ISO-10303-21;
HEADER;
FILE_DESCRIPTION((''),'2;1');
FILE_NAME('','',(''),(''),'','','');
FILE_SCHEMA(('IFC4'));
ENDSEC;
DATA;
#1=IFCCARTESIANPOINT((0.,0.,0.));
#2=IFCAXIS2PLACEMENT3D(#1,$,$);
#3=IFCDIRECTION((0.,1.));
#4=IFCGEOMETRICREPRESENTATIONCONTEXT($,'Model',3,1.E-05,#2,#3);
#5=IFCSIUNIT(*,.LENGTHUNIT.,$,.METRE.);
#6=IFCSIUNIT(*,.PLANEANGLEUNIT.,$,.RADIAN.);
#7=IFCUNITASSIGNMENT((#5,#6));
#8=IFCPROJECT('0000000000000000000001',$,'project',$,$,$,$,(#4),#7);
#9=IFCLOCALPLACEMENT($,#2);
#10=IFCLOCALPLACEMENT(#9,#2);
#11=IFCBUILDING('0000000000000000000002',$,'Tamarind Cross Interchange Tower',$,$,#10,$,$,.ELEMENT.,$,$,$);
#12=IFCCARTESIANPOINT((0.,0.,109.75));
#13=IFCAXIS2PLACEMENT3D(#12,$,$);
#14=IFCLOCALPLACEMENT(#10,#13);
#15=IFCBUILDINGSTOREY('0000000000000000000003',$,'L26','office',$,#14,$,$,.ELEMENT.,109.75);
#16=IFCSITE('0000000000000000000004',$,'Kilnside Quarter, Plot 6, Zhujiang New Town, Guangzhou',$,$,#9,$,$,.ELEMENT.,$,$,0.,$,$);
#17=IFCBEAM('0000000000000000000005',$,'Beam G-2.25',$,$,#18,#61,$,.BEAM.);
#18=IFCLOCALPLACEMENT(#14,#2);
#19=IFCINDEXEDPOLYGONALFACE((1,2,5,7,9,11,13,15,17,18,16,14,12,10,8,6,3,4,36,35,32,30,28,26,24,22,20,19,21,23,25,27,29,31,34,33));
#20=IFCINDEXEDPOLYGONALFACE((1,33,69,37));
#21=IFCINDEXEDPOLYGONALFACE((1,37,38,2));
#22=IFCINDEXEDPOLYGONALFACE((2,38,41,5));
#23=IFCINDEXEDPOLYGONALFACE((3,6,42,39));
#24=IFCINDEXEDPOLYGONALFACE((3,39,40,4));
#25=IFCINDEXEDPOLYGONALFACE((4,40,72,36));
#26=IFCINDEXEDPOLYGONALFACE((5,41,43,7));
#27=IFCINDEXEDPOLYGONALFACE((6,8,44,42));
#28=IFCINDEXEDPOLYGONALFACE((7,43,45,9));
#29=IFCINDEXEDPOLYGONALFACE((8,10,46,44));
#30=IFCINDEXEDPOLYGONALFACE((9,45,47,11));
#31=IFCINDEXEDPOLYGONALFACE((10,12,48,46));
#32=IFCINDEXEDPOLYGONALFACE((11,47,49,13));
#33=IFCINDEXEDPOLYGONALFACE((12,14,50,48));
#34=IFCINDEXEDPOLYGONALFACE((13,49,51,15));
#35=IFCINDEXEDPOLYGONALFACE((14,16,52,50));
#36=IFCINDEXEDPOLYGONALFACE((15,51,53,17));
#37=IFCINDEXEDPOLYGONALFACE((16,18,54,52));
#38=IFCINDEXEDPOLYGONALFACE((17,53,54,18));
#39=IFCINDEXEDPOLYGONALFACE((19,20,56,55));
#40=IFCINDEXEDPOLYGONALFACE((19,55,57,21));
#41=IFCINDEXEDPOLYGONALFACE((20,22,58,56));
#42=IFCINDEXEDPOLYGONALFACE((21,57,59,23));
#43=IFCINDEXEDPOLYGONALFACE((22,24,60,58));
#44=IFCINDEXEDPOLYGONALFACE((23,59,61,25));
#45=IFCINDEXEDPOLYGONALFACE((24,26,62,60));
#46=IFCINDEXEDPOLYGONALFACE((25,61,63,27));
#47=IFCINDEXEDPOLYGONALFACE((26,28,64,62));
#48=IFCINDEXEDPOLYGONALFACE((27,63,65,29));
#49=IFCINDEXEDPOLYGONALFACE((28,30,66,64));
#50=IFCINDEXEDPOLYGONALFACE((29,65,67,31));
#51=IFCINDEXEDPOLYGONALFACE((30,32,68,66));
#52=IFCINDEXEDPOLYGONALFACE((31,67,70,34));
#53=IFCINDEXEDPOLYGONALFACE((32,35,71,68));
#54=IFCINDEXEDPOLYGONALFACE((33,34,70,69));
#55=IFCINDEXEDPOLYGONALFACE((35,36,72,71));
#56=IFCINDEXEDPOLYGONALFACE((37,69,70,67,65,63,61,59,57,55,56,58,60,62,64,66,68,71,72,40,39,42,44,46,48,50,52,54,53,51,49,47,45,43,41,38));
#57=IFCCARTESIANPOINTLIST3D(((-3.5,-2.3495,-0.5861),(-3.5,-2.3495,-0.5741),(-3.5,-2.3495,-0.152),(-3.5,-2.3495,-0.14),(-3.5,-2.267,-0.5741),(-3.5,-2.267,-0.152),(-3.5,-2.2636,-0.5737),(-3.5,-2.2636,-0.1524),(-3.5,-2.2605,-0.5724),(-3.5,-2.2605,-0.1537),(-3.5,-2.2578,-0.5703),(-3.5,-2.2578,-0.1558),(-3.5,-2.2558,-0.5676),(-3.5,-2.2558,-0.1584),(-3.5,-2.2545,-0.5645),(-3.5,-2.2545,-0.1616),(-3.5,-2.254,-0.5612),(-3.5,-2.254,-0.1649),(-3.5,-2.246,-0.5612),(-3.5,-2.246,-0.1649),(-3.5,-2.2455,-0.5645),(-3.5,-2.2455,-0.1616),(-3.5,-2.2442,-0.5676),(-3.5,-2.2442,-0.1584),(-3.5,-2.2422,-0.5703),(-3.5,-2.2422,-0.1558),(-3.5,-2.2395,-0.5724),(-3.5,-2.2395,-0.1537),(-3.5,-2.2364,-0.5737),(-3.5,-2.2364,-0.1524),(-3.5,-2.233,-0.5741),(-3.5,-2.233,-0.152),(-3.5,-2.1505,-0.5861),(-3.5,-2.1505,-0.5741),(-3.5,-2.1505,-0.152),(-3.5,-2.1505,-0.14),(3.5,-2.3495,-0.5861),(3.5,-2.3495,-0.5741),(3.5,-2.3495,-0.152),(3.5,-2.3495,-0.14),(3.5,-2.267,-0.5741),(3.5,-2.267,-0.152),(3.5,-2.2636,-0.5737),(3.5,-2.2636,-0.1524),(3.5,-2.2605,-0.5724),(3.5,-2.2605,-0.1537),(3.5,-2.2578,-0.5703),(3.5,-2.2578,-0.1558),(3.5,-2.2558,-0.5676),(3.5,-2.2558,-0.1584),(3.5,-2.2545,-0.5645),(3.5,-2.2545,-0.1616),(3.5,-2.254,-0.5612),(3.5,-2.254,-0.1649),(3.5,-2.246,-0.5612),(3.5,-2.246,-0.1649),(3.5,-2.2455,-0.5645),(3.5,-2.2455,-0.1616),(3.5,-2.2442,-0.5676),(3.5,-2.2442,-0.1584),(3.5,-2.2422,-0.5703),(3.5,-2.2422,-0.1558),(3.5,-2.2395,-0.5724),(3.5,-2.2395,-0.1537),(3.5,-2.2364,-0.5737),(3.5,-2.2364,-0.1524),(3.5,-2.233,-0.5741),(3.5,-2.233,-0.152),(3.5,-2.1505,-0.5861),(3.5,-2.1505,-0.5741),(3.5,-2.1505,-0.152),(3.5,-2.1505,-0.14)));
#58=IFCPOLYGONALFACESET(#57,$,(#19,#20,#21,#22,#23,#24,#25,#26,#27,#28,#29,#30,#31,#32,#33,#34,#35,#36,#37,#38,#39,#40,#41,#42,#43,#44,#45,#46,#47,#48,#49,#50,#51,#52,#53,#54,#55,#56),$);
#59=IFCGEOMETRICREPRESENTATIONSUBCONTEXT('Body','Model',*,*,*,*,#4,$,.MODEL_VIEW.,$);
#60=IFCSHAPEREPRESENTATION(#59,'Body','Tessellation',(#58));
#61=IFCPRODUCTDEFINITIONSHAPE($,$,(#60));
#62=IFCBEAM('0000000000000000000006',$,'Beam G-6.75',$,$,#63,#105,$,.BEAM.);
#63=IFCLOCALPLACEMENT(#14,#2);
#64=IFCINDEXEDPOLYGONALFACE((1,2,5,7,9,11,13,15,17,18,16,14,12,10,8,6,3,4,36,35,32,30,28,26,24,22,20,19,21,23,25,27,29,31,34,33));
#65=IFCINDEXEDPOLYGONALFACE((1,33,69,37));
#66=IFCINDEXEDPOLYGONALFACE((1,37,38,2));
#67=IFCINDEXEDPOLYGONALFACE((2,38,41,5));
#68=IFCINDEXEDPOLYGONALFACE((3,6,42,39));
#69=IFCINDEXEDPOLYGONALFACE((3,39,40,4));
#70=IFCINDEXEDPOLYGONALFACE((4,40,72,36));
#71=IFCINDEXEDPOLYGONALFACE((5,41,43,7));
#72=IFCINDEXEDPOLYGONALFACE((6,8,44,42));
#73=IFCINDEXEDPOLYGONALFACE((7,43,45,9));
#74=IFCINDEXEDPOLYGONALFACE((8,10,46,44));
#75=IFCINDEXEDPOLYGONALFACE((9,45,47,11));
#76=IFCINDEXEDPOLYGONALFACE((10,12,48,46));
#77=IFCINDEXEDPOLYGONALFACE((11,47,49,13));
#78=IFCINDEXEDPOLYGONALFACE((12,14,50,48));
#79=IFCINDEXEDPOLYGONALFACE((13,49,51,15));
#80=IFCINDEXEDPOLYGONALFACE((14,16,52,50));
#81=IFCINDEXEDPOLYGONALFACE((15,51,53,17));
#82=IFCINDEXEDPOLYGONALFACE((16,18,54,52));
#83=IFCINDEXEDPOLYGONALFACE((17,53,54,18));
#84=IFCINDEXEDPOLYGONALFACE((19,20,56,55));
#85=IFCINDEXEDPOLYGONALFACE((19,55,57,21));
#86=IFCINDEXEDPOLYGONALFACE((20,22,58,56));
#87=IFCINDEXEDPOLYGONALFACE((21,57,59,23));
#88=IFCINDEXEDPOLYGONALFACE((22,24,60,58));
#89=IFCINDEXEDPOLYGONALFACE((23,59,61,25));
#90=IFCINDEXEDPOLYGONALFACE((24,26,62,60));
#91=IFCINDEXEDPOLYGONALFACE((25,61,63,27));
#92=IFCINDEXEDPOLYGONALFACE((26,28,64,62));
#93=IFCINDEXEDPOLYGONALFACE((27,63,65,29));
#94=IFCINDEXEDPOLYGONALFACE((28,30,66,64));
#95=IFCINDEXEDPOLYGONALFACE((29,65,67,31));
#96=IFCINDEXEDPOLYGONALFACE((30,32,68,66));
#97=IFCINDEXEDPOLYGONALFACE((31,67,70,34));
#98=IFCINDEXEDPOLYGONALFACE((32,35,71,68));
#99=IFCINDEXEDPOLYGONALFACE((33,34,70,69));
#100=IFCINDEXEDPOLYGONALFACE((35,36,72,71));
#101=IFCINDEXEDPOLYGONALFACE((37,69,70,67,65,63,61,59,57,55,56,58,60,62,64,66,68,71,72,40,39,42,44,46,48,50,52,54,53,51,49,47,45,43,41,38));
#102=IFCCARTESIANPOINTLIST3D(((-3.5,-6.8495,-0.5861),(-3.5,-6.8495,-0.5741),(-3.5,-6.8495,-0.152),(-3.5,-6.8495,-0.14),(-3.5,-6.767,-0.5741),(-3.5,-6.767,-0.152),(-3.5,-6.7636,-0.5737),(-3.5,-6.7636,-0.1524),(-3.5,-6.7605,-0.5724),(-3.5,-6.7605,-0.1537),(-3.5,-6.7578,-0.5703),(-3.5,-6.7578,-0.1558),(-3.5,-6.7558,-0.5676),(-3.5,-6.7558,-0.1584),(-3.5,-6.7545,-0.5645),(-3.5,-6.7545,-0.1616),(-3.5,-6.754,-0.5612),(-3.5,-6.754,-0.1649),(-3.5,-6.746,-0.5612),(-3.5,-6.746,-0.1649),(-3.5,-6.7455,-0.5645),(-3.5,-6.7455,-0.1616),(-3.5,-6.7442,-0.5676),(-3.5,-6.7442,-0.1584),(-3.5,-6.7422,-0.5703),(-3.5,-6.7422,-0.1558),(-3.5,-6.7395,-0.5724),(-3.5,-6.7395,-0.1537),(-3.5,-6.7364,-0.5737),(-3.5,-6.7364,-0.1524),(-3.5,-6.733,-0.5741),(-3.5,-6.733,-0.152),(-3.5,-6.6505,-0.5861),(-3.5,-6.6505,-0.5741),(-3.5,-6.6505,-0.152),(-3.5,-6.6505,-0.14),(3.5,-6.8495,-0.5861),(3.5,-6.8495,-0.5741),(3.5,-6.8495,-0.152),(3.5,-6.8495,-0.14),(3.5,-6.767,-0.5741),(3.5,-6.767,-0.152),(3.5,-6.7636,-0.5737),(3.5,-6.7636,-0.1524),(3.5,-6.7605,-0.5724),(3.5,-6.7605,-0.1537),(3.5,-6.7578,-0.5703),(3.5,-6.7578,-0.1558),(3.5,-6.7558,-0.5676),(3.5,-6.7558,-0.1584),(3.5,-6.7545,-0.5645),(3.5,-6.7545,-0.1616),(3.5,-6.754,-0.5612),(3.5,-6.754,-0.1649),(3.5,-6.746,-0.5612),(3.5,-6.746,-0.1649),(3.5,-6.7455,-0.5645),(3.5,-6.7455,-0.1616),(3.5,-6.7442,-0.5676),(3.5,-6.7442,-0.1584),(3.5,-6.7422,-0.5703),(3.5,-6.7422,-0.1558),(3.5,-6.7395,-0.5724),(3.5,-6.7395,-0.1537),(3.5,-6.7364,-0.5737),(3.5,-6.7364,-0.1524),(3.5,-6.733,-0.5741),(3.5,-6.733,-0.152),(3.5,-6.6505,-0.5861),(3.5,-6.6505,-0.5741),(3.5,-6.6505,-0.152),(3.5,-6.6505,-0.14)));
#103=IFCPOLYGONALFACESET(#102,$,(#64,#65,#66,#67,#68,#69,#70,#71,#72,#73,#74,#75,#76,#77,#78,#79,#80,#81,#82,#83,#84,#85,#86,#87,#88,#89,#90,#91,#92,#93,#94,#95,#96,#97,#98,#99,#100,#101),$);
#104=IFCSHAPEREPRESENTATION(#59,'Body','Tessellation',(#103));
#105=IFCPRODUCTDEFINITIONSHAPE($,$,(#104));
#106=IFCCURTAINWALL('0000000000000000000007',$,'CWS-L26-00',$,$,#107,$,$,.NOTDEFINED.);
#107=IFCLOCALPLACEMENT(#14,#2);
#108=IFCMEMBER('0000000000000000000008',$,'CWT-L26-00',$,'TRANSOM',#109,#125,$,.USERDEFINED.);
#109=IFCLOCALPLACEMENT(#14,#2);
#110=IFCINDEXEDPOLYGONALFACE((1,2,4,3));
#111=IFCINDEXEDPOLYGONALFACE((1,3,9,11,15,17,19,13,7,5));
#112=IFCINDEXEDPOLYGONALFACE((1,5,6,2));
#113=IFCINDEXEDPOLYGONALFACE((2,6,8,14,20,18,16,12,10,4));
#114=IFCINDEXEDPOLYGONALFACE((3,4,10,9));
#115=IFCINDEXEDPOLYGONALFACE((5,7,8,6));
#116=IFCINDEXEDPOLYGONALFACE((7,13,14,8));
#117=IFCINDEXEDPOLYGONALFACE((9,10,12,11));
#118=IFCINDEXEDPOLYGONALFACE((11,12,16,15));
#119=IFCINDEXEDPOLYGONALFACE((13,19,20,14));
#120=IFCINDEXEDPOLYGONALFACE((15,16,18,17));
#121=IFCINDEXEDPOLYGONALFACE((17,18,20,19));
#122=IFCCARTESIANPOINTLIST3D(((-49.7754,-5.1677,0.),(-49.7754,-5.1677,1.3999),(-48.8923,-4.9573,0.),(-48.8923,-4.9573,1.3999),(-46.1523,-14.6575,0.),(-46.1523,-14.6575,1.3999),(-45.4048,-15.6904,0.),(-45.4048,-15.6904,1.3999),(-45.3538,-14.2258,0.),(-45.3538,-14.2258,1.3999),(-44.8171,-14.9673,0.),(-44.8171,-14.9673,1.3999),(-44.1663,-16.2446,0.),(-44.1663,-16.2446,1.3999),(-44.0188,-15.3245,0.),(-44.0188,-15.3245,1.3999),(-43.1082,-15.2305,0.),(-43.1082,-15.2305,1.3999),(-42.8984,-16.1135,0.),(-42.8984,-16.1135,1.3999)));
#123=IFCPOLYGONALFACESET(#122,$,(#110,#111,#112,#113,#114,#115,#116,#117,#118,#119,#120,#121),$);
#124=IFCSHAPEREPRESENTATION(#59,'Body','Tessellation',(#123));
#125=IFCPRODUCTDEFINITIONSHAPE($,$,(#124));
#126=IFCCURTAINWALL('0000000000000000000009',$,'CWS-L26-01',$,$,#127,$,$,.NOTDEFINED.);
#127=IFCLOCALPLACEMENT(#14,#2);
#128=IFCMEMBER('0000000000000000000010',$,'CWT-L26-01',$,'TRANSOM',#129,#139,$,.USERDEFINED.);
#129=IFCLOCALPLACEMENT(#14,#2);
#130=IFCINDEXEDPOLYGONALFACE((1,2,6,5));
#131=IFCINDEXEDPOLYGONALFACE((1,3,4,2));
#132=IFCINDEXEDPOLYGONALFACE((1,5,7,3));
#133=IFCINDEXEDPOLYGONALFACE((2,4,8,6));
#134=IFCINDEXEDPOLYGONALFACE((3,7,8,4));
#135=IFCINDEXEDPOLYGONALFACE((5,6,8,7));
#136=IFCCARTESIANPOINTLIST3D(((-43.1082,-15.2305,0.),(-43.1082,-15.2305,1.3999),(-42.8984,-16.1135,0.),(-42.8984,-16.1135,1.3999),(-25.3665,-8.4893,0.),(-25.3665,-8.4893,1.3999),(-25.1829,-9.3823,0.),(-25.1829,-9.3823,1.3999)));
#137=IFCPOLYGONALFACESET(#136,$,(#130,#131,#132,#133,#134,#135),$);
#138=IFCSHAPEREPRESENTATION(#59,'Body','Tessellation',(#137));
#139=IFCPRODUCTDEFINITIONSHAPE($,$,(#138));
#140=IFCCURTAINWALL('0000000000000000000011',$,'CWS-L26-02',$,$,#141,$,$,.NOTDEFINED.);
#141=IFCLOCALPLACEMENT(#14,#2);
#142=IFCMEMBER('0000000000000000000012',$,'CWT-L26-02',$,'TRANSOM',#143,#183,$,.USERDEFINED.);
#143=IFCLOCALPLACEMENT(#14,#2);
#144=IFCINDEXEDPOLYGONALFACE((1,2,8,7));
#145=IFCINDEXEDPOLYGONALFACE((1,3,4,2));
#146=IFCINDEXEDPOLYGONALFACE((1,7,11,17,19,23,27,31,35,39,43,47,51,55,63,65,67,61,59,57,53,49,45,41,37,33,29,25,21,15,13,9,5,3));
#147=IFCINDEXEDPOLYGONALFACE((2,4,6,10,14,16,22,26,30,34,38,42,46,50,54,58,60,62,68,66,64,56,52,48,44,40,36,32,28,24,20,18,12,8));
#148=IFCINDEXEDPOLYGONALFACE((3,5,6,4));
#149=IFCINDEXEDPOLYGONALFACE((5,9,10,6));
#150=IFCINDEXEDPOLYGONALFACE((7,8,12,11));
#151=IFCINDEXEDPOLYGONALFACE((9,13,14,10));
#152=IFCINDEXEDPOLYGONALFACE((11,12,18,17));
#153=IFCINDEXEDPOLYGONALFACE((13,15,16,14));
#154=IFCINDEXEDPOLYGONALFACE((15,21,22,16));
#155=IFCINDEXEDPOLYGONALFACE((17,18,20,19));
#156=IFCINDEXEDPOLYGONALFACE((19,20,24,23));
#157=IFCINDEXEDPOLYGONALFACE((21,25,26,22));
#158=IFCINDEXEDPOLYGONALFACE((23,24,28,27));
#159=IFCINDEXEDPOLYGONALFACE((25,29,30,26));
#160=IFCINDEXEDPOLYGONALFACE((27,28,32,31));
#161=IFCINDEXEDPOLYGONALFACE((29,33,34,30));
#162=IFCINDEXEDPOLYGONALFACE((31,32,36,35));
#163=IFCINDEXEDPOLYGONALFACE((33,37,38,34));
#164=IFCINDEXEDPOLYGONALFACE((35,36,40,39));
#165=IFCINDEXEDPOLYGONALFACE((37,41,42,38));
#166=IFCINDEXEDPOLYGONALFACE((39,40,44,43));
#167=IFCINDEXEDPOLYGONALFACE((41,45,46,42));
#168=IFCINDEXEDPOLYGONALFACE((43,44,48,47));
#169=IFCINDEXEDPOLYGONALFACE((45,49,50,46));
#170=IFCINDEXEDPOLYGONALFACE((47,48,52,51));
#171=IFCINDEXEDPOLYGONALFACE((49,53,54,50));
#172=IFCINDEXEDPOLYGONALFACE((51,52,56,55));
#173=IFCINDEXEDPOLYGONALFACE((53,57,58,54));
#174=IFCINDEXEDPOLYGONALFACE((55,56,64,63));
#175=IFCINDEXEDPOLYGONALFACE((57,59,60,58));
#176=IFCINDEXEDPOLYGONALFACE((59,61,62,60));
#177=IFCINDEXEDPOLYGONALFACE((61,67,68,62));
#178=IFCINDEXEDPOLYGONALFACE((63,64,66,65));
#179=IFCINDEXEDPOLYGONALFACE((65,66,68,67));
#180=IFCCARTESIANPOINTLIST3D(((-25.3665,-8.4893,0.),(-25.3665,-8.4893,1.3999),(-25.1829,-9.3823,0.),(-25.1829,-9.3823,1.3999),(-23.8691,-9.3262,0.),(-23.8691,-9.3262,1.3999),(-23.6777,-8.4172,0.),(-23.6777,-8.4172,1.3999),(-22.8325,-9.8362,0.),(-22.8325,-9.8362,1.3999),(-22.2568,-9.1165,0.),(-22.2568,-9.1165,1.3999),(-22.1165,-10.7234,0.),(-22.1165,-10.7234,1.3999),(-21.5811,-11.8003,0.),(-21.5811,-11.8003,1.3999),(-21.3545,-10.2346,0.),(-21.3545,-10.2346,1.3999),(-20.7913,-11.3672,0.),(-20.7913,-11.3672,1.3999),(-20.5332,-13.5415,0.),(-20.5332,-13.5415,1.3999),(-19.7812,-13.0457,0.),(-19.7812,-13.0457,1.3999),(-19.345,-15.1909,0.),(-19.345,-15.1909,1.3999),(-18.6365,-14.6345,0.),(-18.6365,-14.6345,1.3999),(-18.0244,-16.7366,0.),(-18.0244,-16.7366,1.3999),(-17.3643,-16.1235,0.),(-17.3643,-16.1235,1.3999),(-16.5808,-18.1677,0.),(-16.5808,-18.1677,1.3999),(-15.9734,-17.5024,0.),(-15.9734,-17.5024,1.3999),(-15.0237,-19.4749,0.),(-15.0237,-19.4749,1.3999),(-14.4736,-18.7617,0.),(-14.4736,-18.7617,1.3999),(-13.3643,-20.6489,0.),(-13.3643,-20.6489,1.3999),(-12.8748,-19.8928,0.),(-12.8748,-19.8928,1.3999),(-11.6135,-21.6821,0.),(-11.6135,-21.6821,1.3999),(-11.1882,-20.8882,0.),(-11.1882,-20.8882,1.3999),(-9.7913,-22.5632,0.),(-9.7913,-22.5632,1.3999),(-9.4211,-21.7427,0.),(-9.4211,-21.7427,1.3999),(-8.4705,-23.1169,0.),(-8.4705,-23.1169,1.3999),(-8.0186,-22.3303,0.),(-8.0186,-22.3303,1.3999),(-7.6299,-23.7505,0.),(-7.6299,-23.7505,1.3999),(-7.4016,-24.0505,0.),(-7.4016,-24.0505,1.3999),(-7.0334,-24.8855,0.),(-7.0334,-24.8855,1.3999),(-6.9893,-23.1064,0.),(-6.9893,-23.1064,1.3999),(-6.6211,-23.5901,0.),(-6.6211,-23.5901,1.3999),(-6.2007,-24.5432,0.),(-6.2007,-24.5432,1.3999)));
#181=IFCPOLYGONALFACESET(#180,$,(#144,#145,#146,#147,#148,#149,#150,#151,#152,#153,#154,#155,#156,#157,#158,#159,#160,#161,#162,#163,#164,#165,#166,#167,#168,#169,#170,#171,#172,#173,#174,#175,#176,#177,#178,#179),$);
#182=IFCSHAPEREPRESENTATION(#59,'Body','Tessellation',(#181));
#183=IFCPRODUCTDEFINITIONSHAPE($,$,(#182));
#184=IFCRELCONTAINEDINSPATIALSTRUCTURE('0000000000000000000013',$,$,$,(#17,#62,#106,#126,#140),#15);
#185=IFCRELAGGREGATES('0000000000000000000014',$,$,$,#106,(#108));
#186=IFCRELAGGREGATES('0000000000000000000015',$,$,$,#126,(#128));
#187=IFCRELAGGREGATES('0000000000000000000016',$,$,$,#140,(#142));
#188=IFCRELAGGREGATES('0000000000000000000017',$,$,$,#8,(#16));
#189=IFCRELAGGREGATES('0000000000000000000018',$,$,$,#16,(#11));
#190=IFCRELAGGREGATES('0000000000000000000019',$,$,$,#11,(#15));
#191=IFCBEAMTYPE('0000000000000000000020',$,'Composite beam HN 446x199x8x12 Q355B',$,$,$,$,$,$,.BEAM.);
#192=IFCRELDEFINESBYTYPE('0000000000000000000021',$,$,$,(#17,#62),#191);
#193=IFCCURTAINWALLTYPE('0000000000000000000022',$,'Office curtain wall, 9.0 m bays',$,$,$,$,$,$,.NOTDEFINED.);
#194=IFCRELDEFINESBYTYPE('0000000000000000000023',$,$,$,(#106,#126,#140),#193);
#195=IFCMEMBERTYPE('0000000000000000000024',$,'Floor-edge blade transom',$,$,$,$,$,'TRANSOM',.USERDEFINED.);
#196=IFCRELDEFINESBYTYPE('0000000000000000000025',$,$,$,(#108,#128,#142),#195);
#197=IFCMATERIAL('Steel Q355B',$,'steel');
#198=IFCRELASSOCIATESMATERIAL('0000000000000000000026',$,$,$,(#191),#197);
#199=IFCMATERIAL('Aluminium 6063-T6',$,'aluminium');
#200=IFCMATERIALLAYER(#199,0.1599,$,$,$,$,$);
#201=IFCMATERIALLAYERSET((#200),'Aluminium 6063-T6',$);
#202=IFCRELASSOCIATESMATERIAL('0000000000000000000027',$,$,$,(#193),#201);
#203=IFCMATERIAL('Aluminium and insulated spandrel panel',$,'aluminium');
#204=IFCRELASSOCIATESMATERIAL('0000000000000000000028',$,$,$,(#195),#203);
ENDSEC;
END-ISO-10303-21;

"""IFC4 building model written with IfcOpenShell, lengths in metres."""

from ifc_helpers import new_model, si_unit, direction, frame, origin, origin_2d, place, context, subcontext, project, spatial, polyline, i_section, outline, extrude, material, layer, layer_set, material_profile, profile_set, type_object, element, aggregate, save


model = new_model("IFC4")

# Units and contexts
model_context = context("Model", 3, precision=1e-05, world=origin(), true_north=direction((0.0, 1.0)))
body_context = subcontext(model_context, "Body", "Model", "MODEL_VIEW")
ifc_project = project(units=[si_unit("LENGTHUNIT", "METRE"), si_unit("PLANEANGLEUNIT", "RADIAN")], contexts=[model_context])

# Site, building, storey
site_placement = place(None, origin())
site = spatial("IfcSite", under=ifc_project, at=site_placement, Name="Kilnside Quarter, Plot 6, Zhujiang New Town, Guangzhou", CompositionType="ELEMENT", RefElevation=0.0)
building_placement = place(site_placement, origin())
building = spatial("IfcBuilding", under=site, at=building_placement, Name="Tamarind Cross Interchange Tower", CompositionType="ELEMENT")
storey_placement = place(building_placement, frame((0.0, 0.0, 109.75)))
storey = spatial("IfcBuildingStorey", under=building, at=storey_placement, Name="L26", Description="office", CompositionType="ELEMENT", Elevation=109.75)

# Beams
ifc_material_1 = material(Name="Steel Q355B", Category="steel")
ifc_material_profile = material_profile(ifc_material_1, i_section(OverallWidth=0.199, OverallDepth=0.446, WebThickness=0.0081, FlangeThickness=0.012, FilletRadius=0.0129, at=origin_2d()), Name="HN 446x199x8x12")
ifc_profile_set = profile_set([ifc_material_profile], Name="Steel Q355B")
beam_type = type_object("IfcBeamType", Name="Composite beam HN 446x199x8x12 Q355B", PredefinedType="BEAM", material=ifc_profile_set)
for number, where, z_axis, x_axis, name in (
    (1, (-3.5, -2.25, -0.363), (1.0, 0.0, 0.0), (0.0, 1.0, 0.0), "Beam G-2.25"),
    (2, (-3.5, -6.75, -0.363), (1.0, 0.0, 0.0), (0.0, 1.0, 0.0), "Beam G-6.75"),
):
    element("IfcBeam", number, at=place(storey_placement, frame(where, z_axis=z_axis, x_axis=x_axis)), inside=storey, type_object=beam_type, Name=name, PredefinedType="BEAM", context=body_context, shape_type="SweptSolid", body=[
        extrude(i_section(OverallWidth=0.199, OverallDepth=0.446, WebThickness=0.0081, FlangeThickness=0.012, FilletRadius=0.0129, at=origin_2d()), origin(), (0.0, 0.0, 1.0), 7.0),
    ])

# Curtain walls, members
ifc_material_2 = material(Name="Aluminium 6063-T6", Category="aluminium")
ifc_layer_1 = layer(ifc_material_2, 0.1599)
ifc_layer_set_1 = layer_set([ifc_layer_1], Name="Aluminium 6063-T6")
curtain_wall_type = type_object("IfcCurtainWallType", Name="Office curtain wall, 9.0 m bays", PredefinedType="NOTDEFINED", material=ifc_layer_set_1)
curtain_wall_1_placement = place(storey_placement, origin())
curtain_wall_1 = element("IfcCurtainWall", 3, at=curtain_wall_1_placement, inside=storey, type_object=curtain_wall_type, Name="CWS-L26-00", PredefinedType="NOTDEFINED")
ifc_material_3 = material(Name="Aluminium and insulated spandrel panel", Category="aluminium")
member_type = type_object("IfcMemberType", Name="Floor-edge blade transom", ElementType="TRANSOM", PredefinedType="USERDEFINED", material=ifc_material_3)
member_1_placement = place(storey_placement, origin())
member_1 = element("IfcMember", 4, at=member_1_placement, type_object=member_type, Name="CWT-L26-00", ObjectType="TRANSOM", PredefinedType="USERDEFINED", context=body_context, shape_type="SweptSolid", body=[
    extrude(outline(polyline([(-48.8923, -4.9573), (-45.3538, -14.2258), (-44.8171, -14.9673), (-44.0188, -15.3245), (-43.1082, -15.2305), (-42.8984, -16.1135), (-44.1663, -16.2446), (-45.4048, -15.6904), (-46.1523, -14.6575), (-49.7754, -5.1677), (-48.8923, -4.9573)])), origin(), (0.0, 0.0, 1.0), 1.3999),
])
curtain_wall_2_placement = place(storey_placement, origin())
curtain_wall_2 = element("IfcCurtainWall", 5, at=curtain_wall_2_placement, inside=storey, type_object=curtain_wall_type, Name="CWS-L26-01", PredefinedType="NOTDEFINED")
member_2_placement = place(storey_placement, origin())
member_2 = element("IfcMember", 6, at=member_2_placement, type_object=member_type, Name="CWT-L26-01", ObjectType="TRANSOM", PredefinedType="USERDEFINED", context=body_context, shape_type="SweptSolid", body=[
    extrude(outline(polyline([(-43.1082, -15.2305), (-25.3665, -8.4893), (-25.1829, -9.3823), (-42.8984, -16.1135), (-43.1082, -15.2305)])), origin(), (0.0, 0.0, 1.0), 1.3999),
])
curtain_wall_3_placement = place(storey_placement, origin())
curtain_wall_3 = element("IfcCurtainWall", 7, at=curtain_wall_3_placement, inside=storey, type_object=curtain_wall_type, Name="CWS-L26-02", PredefinedType="NOTDEFINED")
member_3_placement = place(storey_placement, origin())
member_3 = element("IfcMember", 8, at=member_3_placement, type_object=member_type, Name="CWT-L26-02", ObjectType="TRANSOM", PredefinedType="USERDEFINED", context=body_context, shape_type="SweptSolid", body=[
    extrude(outline(polyline([(-25.3665, -8.4893), (-23.6777, -8.4172), (-22.2568, -9.1165), (-21.3545, -10.2346), (-20.7913, -11.3672), (-19.7812, -13.0457), (-18.6365, -14.6345), (-17.3643, -16.1235), (-15.9734, -17.5024), (-14.4736, -18.7617), (-12.8748, -19.8928), (-11.1882, -20.8882), (-9.4211, -21.7427), (-8.0186, -22.3303), (-6.9893, -23.1064), (-6.6211, -23.5901), (-6.2007, -24.5432), (-7.0334, -24.8855), (-7.4016, -24.0505), (-7.6299, -23.7505), (-8.4705, -23.1169), (-9.7913, -22.5632), (-11.6135, -21.6821), (-13.3643, -20.6489), (-15.0237, -19.4749), (-16.5808, -18.1677), (-18.0244, -16.7366), (-19.345, -15.1909), (-20.5332, -13.5415), (-21.5811, -11.8003), (-22.1165, -10.7234), (-22.8325, -9.8362), (-23.8691, -9.3262), (-25.1829, -9.3823), (-25.3665, -8.4893)])), origin(), (0.0, 0.0, 1.0), 1.3999),
])

aggregate(curtain_wall_1, [member_1])
aggregate(curtain_wall_2, [member_2])
aggregate(curtain_wall_3, [member_3])

save(model, "model.ifc")
